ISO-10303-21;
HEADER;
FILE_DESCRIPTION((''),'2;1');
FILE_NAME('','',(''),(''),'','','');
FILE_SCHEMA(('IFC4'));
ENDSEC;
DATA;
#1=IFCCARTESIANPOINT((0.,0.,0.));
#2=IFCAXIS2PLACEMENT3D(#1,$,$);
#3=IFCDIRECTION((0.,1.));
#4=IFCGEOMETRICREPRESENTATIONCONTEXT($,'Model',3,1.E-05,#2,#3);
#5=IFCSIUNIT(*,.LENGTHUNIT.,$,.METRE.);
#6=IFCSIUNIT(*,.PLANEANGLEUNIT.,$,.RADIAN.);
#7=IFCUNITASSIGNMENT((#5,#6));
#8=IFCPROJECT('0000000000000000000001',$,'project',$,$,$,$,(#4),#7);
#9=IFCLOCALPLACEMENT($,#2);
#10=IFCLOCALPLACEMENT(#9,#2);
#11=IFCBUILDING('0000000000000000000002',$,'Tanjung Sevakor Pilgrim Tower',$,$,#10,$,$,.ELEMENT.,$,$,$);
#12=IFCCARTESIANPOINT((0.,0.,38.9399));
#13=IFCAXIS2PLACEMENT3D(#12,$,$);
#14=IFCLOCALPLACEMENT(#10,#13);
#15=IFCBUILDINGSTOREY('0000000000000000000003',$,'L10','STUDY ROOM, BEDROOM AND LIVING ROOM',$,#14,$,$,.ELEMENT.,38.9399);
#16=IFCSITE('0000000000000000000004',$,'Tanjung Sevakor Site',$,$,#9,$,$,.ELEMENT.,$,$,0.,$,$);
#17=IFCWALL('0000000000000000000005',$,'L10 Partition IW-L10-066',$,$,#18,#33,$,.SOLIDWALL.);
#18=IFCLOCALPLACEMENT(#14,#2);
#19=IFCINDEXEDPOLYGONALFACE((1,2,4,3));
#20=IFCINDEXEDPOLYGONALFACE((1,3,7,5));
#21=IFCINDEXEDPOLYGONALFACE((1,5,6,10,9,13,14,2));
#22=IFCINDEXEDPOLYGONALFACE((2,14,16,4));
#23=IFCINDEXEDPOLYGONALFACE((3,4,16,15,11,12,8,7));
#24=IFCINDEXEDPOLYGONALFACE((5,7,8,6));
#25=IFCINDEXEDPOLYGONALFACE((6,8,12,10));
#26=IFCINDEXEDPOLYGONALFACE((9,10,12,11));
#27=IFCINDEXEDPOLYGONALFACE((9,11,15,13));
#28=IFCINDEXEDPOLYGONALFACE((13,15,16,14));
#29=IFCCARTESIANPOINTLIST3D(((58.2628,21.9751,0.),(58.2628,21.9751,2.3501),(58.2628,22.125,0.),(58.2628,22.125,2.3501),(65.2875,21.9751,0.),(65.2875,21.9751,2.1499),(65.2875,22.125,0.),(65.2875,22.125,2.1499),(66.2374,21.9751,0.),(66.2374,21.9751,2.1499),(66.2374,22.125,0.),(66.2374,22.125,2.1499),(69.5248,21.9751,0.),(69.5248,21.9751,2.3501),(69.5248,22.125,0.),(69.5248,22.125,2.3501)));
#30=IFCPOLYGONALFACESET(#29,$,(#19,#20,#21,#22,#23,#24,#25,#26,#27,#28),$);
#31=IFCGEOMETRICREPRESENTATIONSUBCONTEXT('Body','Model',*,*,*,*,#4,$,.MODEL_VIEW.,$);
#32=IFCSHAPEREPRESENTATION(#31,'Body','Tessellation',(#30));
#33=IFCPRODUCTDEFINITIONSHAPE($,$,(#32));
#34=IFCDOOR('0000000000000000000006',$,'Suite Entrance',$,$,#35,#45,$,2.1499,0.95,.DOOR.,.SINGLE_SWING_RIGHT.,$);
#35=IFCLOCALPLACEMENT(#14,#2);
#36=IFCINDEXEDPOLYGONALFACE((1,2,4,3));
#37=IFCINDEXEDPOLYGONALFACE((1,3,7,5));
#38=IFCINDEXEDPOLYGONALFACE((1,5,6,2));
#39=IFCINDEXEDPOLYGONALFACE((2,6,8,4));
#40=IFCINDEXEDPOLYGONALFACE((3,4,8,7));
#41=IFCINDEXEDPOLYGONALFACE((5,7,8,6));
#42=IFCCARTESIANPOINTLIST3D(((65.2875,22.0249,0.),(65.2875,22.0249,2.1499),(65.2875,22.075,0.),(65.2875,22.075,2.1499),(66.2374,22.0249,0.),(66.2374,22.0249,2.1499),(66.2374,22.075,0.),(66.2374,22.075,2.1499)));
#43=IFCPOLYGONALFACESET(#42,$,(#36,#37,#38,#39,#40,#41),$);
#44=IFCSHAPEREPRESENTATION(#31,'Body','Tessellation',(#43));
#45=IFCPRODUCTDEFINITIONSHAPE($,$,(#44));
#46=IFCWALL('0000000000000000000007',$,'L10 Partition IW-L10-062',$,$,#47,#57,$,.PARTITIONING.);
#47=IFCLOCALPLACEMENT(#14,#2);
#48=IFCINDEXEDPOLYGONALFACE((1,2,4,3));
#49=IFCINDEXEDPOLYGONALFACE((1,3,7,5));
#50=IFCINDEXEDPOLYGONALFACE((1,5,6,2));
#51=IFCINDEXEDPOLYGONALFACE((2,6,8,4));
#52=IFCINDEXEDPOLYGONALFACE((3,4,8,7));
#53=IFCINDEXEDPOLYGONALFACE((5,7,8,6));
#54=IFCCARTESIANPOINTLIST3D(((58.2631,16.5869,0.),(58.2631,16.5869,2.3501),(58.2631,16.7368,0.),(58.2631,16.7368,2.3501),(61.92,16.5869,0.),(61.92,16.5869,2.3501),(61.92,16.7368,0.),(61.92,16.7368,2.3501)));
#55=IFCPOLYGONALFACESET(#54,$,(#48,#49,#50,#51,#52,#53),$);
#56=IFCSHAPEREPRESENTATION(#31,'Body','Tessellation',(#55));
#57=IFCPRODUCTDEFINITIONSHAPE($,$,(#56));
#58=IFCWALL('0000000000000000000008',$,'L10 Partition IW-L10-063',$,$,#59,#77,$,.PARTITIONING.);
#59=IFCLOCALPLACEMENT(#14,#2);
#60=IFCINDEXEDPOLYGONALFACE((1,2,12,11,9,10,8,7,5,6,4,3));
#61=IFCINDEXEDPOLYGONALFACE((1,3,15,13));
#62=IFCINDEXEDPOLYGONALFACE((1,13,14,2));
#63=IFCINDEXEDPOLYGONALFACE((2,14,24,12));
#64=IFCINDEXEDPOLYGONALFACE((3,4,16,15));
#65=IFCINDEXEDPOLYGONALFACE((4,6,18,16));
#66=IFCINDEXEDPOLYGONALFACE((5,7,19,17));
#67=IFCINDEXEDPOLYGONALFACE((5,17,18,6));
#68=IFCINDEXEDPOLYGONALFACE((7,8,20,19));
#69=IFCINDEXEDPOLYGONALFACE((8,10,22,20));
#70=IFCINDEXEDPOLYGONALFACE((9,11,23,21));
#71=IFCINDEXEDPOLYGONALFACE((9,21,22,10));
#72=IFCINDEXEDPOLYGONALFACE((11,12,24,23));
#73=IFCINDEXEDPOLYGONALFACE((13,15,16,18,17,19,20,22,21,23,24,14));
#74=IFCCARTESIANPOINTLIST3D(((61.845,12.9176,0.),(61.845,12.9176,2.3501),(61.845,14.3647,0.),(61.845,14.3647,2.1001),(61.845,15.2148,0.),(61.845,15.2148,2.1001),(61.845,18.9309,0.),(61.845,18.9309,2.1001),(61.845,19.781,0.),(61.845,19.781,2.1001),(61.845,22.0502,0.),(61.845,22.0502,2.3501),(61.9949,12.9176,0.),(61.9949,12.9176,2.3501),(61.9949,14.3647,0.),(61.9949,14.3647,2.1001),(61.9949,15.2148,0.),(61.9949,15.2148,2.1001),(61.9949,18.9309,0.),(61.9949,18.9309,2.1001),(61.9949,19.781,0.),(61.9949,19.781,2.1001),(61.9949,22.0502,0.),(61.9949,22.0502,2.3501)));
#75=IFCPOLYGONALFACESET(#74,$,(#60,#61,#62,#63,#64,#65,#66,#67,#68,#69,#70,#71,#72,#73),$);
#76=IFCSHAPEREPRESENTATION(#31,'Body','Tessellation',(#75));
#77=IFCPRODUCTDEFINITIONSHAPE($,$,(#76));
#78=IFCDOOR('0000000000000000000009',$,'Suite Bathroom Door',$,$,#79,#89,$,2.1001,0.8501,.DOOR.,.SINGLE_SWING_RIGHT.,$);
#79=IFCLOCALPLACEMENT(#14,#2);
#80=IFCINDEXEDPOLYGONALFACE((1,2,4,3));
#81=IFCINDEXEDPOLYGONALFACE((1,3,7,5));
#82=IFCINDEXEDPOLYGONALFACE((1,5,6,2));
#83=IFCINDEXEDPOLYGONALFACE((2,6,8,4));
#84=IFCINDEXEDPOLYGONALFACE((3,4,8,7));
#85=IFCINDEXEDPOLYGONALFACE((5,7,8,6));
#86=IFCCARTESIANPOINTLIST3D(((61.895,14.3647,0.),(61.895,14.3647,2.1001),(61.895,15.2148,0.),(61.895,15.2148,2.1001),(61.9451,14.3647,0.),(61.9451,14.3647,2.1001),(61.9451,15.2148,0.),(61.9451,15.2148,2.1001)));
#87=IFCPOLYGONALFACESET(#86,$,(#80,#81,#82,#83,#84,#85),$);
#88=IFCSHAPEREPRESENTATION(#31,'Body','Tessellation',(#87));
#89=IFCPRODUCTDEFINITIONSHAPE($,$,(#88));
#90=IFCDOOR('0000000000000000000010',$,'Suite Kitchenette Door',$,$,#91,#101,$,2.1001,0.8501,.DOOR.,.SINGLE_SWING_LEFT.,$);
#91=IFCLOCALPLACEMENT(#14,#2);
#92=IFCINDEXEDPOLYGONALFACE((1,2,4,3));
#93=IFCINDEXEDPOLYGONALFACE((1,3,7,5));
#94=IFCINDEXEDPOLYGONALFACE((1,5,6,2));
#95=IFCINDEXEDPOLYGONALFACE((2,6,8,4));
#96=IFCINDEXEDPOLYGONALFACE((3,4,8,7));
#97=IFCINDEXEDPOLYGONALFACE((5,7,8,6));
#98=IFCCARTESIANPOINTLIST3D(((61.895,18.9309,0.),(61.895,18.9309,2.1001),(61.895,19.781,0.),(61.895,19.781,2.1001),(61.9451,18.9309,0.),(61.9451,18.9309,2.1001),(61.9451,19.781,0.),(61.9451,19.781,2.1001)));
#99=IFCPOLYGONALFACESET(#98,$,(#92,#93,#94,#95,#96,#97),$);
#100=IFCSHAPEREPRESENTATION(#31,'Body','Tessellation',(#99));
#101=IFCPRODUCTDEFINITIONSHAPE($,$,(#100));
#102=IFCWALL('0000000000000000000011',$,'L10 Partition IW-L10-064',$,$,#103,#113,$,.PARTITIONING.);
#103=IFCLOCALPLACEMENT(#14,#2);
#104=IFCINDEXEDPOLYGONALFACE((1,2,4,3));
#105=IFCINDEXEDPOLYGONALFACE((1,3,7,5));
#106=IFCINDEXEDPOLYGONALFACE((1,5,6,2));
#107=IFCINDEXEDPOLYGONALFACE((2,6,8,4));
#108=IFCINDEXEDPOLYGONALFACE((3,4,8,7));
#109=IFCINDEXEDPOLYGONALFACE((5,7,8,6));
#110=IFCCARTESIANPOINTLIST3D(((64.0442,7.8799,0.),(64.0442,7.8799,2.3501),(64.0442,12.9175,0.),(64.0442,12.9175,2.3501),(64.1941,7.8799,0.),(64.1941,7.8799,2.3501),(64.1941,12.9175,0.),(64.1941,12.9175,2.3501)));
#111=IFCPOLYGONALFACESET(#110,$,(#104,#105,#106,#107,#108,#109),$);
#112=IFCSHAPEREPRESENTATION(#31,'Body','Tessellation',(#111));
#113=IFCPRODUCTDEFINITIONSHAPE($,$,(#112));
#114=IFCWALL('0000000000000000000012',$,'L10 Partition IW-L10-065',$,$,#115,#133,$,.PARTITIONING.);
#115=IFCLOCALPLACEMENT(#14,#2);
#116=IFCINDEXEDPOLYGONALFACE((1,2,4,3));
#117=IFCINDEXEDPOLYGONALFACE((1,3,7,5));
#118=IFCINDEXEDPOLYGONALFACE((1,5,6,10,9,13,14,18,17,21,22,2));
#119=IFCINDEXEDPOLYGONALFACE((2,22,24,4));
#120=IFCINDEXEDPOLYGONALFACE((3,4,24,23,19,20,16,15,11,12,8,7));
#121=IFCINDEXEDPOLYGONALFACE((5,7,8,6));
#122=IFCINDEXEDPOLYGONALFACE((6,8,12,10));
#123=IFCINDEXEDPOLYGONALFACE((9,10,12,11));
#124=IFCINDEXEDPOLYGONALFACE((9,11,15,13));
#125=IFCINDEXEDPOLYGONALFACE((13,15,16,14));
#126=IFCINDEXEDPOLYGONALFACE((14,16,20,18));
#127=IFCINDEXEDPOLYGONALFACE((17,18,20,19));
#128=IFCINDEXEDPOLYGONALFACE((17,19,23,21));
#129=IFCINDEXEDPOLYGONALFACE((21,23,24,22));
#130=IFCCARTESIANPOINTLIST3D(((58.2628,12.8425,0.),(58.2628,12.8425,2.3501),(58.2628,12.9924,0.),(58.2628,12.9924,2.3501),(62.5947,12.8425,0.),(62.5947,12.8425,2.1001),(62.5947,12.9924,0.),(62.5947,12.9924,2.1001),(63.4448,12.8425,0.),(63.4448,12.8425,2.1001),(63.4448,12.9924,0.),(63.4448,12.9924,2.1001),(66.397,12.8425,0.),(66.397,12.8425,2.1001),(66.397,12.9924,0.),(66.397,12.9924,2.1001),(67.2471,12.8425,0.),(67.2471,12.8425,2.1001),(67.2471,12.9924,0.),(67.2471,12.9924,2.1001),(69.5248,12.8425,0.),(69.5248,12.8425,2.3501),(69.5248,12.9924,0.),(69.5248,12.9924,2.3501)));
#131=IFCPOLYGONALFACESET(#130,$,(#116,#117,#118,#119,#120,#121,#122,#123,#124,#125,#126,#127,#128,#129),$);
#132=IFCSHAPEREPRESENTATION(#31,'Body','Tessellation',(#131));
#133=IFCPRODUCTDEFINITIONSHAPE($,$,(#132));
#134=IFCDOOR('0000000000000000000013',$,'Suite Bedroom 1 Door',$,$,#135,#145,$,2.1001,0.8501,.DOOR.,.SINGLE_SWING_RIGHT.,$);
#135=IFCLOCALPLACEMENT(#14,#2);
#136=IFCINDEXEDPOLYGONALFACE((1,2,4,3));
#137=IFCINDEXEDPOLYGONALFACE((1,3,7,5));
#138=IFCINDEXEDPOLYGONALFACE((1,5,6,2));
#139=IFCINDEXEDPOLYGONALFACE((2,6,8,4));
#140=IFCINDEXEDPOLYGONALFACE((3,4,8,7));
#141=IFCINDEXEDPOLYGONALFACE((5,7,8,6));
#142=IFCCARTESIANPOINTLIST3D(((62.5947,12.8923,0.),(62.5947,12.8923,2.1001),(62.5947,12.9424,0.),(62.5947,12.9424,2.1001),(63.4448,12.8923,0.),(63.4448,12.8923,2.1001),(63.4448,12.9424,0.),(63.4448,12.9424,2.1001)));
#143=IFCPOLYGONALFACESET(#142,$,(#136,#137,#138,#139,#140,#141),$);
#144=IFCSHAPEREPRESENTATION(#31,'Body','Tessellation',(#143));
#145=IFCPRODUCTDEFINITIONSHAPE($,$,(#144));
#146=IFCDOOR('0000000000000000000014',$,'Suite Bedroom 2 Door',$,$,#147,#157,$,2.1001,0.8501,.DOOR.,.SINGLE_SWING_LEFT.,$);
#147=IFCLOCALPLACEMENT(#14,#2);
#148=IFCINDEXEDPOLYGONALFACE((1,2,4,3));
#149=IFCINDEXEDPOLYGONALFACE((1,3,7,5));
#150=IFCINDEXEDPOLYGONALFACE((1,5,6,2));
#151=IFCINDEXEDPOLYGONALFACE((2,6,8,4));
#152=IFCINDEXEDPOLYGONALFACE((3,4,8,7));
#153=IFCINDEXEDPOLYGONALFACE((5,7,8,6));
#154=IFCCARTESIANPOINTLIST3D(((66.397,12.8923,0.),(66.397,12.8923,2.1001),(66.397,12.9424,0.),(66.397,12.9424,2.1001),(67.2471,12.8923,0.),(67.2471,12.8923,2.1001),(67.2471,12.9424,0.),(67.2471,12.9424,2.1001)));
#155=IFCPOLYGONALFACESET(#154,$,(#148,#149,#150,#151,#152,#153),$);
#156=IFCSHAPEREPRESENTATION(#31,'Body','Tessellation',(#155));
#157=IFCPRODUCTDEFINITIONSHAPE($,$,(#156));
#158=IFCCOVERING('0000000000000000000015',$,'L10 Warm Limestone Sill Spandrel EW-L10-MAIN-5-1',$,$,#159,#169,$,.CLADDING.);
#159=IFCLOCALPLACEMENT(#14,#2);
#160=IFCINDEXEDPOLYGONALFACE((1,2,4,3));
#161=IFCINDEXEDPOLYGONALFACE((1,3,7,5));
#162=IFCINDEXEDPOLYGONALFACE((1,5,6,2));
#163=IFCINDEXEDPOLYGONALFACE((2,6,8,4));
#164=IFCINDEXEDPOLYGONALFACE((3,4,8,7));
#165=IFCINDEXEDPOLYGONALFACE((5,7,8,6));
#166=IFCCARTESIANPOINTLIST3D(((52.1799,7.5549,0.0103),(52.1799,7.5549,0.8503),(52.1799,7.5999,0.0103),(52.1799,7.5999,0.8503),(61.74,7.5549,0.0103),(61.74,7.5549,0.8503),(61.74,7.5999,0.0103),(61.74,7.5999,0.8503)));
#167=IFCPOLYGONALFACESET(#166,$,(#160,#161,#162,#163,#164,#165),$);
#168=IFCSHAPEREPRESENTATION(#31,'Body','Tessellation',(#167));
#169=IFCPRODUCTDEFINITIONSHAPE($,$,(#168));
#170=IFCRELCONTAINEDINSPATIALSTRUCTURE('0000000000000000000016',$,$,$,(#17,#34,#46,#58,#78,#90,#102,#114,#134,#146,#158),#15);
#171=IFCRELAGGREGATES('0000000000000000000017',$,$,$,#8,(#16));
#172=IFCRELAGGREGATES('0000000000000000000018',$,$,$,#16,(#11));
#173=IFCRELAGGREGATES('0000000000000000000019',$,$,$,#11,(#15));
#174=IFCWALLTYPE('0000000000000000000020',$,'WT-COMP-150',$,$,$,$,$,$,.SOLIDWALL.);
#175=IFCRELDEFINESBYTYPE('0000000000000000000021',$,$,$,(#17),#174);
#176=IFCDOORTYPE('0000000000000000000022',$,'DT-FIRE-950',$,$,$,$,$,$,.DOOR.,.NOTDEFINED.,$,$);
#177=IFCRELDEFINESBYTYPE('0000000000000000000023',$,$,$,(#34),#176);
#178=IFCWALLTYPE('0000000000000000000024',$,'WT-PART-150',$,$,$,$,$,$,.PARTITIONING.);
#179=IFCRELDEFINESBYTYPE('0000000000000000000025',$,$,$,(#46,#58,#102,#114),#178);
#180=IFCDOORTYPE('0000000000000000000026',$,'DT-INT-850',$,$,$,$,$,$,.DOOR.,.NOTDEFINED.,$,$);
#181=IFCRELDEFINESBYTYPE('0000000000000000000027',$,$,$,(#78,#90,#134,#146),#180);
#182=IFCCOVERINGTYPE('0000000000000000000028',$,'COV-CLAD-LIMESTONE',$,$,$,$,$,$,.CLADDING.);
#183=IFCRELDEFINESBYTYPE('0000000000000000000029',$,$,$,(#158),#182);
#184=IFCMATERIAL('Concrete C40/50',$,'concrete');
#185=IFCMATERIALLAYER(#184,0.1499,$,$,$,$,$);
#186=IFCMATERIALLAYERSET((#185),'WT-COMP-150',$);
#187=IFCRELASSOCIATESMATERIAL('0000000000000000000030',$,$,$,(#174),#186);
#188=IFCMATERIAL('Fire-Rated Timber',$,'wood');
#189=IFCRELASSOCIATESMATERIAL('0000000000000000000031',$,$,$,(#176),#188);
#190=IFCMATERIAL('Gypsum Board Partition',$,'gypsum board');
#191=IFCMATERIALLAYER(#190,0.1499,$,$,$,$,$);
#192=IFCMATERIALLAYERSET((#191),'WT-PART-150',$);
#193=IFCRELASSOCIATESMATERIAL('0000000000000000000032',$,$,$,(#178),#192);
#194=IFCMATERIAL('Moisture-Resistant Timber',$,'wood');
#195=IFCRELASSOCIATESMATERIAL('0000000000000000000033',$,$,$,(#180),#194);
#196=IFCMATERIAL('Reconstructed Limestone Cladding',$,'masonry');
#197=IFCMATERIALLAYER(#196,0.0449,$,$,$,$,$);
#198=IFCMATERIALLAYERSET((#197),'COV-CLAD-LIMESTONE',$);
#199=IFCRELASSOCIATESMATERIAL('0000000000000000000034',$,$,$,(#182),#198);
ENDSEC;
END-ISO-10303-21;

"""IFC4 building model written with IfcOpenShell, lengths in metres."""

from ifc_helpers import new_model, si_unit, direction, frame, frame_2d, origin, origin_2d, place, context, subcontext, project, spatial, rectangle, extrude, material, layer, layer_set, type_object, element, fill, save


model = new_model("IFC4")

# Units and contexts
model_context = context("Model", 3, precision=1e-05, world=origin(), true_north=direction((0.0, 1.0)))
body_context = subcontext(model_context, "Body", "Model", "MODEL_VIEW")
ifc_project = project(units=[si_unit("LENGTHUNIT", "METRE"), si_unit("PLANEANGLEUNIT", "RADIAN")], contexts=[model_context])

# Site, building, storey
site_placement = place(None, origin())
site = spatial("IfcSite", under=ifc_project, at=site_placement, Name="Tanjung Sevakor Site", CompositionType="ELEMENT", RefElevation=0.0)
building_placement = place(site_placement, origin())
building = spatial("IfcBuilding", under=site, at=building_placement, Name="Tanjung Sevakor Pilgrim Tower", CompositionType="ELEMENT")
storey_placement = place(building_placement, frame((0.0, 0.0, 38.9399)))
storey = spatial("IfcBuildingStorey", under=building, at=storey_placement, Name="L10", Description="STUDY ROOM, BEDROOM AND LIVING ROOM", CompositionType="ELEMENT", Elevation=38.9399)

# Shared definitions
ifc_material_1 = material(Name="Concrete C40/50", Category="concrete")
ifc_layer_1 = layer(ifc_material_1, 0.1499)
ifc_layer_set_1 = layer_set([ifc_layer_1], Name="WT-COMP-150")
wall_type_1 = type_object("IfcWallType", Name="WT-COMP-150", PredefinedType="SOLIDWALL", material=ifc_layer_set_1)

# Wall, opening, door
wall_1_placement = place(storey_placement, frame((58.2629, 22.05, 0.0), z_axis=(0.0, 0.0, 1.0), x_axis=(1.0, 0.0, 0.0)))
wall_1 = element("IfcWall", 1, at=wall_1_placement, inside=storey, type_object=wall_type_1, Name="L10 Partition IW-L10-066", PredefinedType="SOLIDWALL", context=body_context, shape_type="SweptSolid", body=[
    extrude(rectangle(XDim=11.262, YDim=0.1499, at=frame_2d((5.6309, 0.0))), origin(), (0.0, 0.0, 1.0), 2.3501),
])
opening_1_placement = place(wall_1_placement, frame((7.0244, 0.0, 0.0)))
opening_1 = element("IfcOpeningElement", 2, at=opening_1_placement, cuts=wall_1, PredefinedType="OPENING", context=body_context, shape_type="SweptSolid", body=[
    extrude(rectangle(XDim=0.95, YDim=2.1499, at=frame_2d((0.4751, 1.075))), frame((0.0, 0.085, 0.0), z_axis=(0.0, -1.0, 0.0), x_axis=(1.0, 0.0, 0.0)), (0.0, 0.0, 1.0), 0.1699),
])
ifc_material_2 = material(Name="Fire-Rated Timber", Category="wood")
door_type_1 = type_object("IfcDoorType", Name="DT-FIRE-950", OperationType="NOTDEFINED", PredefinedType="DOOR", material=ifc_material_2)
door_1_placement = place(opening_1_placement, origin())
door_1 = element("IfcDoor", 3, at=door_1_placement, inside=storey, type_object=door_type_1, Name="Suite Entrance", OperationType="SINGLE_SWING_RIGHT", OverallHeight=2.1499, OverallWidth=0.95, PredefinedType="DOOR", context=body_context, shape_type="SweptSolid", body=[
    extrude(rectangle(XDim=0.95, YDim=2.1499, at=frame_2d((0.4751, 1.075))), frame((0.0, 0.0249, 0.0), z_axis=(0.0, -1.0, 0.0), x_axis=(1.0, 0.0, 0.0)), (0.0, 0.0, 1.0), 0.05),
])
fill(opening_1, door_1)

# Wall
ifc_material_3 = material(Name="Gypsum Board Partition", Category="gypsum board")
ifc_layer_2 = layer(ifc_material_3, 0.1499)
ifc_layer_set_2 = layer_set([ifc_layer_2], Name="WT-PART-150")
wall_type_2 = type_object("IfcWallType", Name="WT-PART-150", PredefinedType="PARTITIONING", material=ifc_layer_set_2)
wall_2_placement = place(storey_placement, frame((58.2629, 16.6619, 0.0), z_axis=(0.0, 0.0, 1.0), x_axis=(1.0, 0.0, 0.0)))
element("IfcWall", 4, at=wall_2_placement, inside=storey, type_object=wall_type_2, Name="L10 Partition IW-L10-062", PredefinedType="PARTITIONING", context=body_context, shape_type="SweptSolid", body=[
    extrude(rectangle(XDim=3.657, YDim=0.1499, at=frame_2d((1.8286, 0.0))), origin(), (0.0, 0.0, 1.0), 2.3501),
])

# Wall, openings, doors
wall_3_placement = place(storey_placement, frame((61.9199, 12.9175, 0.0), z_axis=(0.0, 0.0, 1.0), x_axis=(0.0, 1.0, 0.0)))
wall_3 = element("IfcWall", 5, at=wall_3_placement, inside=storey, type_object=wall_type_2, Name="L10 Partition IW-L10-063", PredefinedType="PARTITIONING", context=body_context, shape_type="SweptSolid", body=[
    extrude(rectangle(XDim=9.1326, YDim=0.1499, at=frame_2d((4.5664, 0.0))), origin(), (0.0, 0.0, 1.0), 2.3501),
])
opening_2_placement = place(wall_3_placement, frame((1.4473, 0.0, 0.0)))
opening_2 = element("IfcOpeningElement", 6, at=opening_2_placement, cuts=wall_3, PredefinedType="OPENING", context=body_context, shape_type="SweptSolid", body=[
    extrude(rectangle(XDim=0.8501, YDim=2.1001, at=frame_2d((0.425, 1.05))), frame((0.0, 0.085, 0.0), z_axis=(0.0, -1.0, 0.0), x_axis=(1.0, 0.0, 0.0)), (0.0, 0.0, 1.0), 0.1699),
])
opening_3_placement = place(wall_3_placement, frame((6.0134, 0.0, 0.0)))
opening_3 = element("IfcOpeningElement", 7, at=opening_3_placement, cuts=wall_3, PredefinedType="OPENING", context=body_context, shape_type="SweptSolid", body=[
    extrude(rectangle(XDim=0.8501, YDim=2.1001, at=frame_2d((0.425, 1.05))), frame((0.0, 0.085, 0.0), z_axis=(0.0, -1.0, 0.0), x_axis=(1.0, 0.0, 0.0)), (0.0, 0.0, 1.0), 0.1699),
])
ifc_material_4 = material(Name="Moisture-Resistant Timber", Category="wood")
door_type_2 = type_object("IfcDoorType", Name="DT-INT-850", OperationType="NOTDEFINED", PredefinedType="DOOR", material=ifc_material_4)
door_2_placement = place(opening_2_placement, origin())
door_2 = element("IfcDoor", 8, at=door_2_placement, inside=storey, type_object=door_type_2, Name="Suite Bathroom Door", OperationType="SINGLE_SWING_RIGHT", OverallHeight=2.1001, OverallWidth=0.8501, PredefinedType="DOOR", context=body_context, shape_type="SweptSolid", body=[
    extrude(rectangle(XDim=0.8501, YDim=2.1001, at=frame_2d((0.425, 1.05))), frame((0.0, 0.0249, 0.0), z_axis=(0.0, -1.0, 0.0), x_axis=(1.0, 0.0, 0.0)), (0.0, 0.0, 1.0), 0.05),
])
fill(opening_2, door_2)
door_3_placement = place(opening_3_placement, origin())
door_3 = element("IfcDoor", 9, at=door_3_placement, inside=storey, type_object=door_type_2, Name="Suite Kitchenette Door", OperationType="SINGLE_SWING_LEFT", OverallHeight=2.1001, OverallWidth=0.8501, PredefinedType="DOOR", context=body_context, shape_type="SweptSolid", body=[
    extrude(rectangle(XDim=0.8501, YDim=2.1001, at=frame_2d((0.425, 1.05))), frame((0.0, 0.0249, 0.0), z_axis=(0.0, -1.0, 0.0), x_axis=(1.0, 0.0, 0.0)), (0.0, 0.0, 1.0), 0.05),
])
fill(opening_3, door_3)

# Wall
wall_4_placement = place(storey_placement, frame((64.1191, 7.8799, 0.0), z_axis=(0.0, 0.0, 1.0), x_axis=(0.0, 1.0, 0.0)))
element("IfcWall", 10, at=wall_4_placement, inside=storey, type_object=wall_type_2, Name="L10 Partition IW-L10-064", PredefinedType="PARTITIONING", context=body_context, shape_type="SweptSolid", body=[
    extrude(rectangle(XDim=5.0376, YDim=0.1499, at=frame_2d((2.5188, 0.0))), origin(), (0.0, 0.0, 1.0), 2.3501),
])

# Wall, openings, doors
wall_5_placement = place(storey_placement, frame((58.2629, 12.9175, 0.0), z_axis=(0.0, 0.0, 1.0), x_axis=(1.0, 0.0, 0.0)))
wall_5 = element("IfcWall", 11, at=wall_5_placement, inside=storey, type_object=wall_type_2, Name="L10 Partition IW-L10-065", PredefinedType="PARTITIONING", context=body_context, shape_type="SweptSolid", body=[
    extrude(rectangle(XDim=11.262, YDim=0.1499, at=frame_2d((5.6309, 0.0))), origin(), (0.0, 0.0, 1.0), 2.3501),
])
opening_4_placement = place(wall_5_placement, frame((4.3318, 0.0, 0.0)))
opening_4 = element("IfcOpeningElement", 12, at=opening_4_placement, cuts=wall_5, PredefinedType="OPENING", context=body_context, shape_type="SweptSolid", body=[
    extrude(rectangle(XDim=0.8501, YDim=2.1001, at=frame_2d((0.425, 1.05))), frame((0.0, 0.085, 0.0), z_axis=(0.0, -1.0, 0.0), x_axis=(1.0, 0.0, 0.0)), (0.0, 0.0, 1.0), 0.1699),
])
opening_5_placement = place(wall_5_placement, frame((8.134, 0.0, 0.0)))
opening_5 = element("IfcOpeningElement", 13, at=opening_5_placement, cuts=wall_5, PredefinedType="OPENING", context=body_context, shape_type="SweptSolid", body=[
    extrude(rectangle(XDim=0.8501, YDim=2.1001, at=frame_2d((0.425, 1.05))), frame((0.0, 0.085, 0.0), z_axis=(0.0, -1.0, 0.0), x_axis=(1.0, 0.0, 0.0)), (0.0, 0.0, 1.0), 0.1699),
])
door_4_placement = place(opening_4_placement, origin())
door_4 = element("IfcDoor", 14, at=door_4_placement, inside=storey, type_object=door_type_2, Name="Suite Bedroom 1 Door", OperationType="SINGLE_SWING_RIGHT", OverallHeight=2.1001, OverallWidth=0.8501, PredefinedType="DOOR", context=body_context, shape_type="SweptSolid", body=[
    extrude(rectangle(XDim=0.8501, YDim=2.1001, at=frame_2d((0.425, 1.05))), frame((0.0, 0.0249, 0.0), z_axis=(0.0, -1.0, 0.0), x_axis=(1.0, 0.0, 0.0)), (0.0, 0.0, 1.0), 0.05),
])
fill(opening_4, door_4)
door_5_placement = place(opening_5_placement, origin())
door_5 = element("IfcDoor", 15, at=door_5_placement, inside=storey, type_object=door_type_2, Name="Suite Bedroom 2 Door", OperationType="SINGLE_SWING_LEFT", OverallHeight=2.1001, OverallWidth=0.8501, PredefinedType="DOOR", context=body_context, shape_type="SweptSolid", body=[
    extrude(rectangle(XDim=0.8501, YDim=2.1001, at=frame_2d((0.425, 1.05))), frame((0.0, 0.0249, 0.0), z_axis=(0.0, -1.0, 0.0), x_axis=(1.0, 0.0, 0.0)), (0.0, 0.0, 1.0), 0.05),
])
fill(opening_5, door_5)

# Covering
ifc_material_5 = material(Name="Reconstructed Limestone Cladding", Category="masonry")
ifc_layer_3 = layer(ifc_material_5, 0.0449)
ifc_layer_set_3 = layer_set([ifc_layer_3], Name="COV-CLAD-LIMESTONE")
covering_type = type_object("IfcCoveringType", Name="COV-CLAD-LIMESTONE", PredefinedType="CLADDING", material=ifc_layer_set_3)
covering_placement = place(storey_placement, frame((56.96, 7.5774, 0.0103), z_axis=(0.0, 0.0, 1.0), x_axis=(1.0, 0.0, 0.0)))
element("IfcCovering", 16, at=covering_placement, inside=storey, type_object=covering_type, Name="L10 Warm Limestone Sill Spandrel EW-L10-MAIN-5-1", PredefinedType="CLADDING", context=body_context, shape_type="SweptSolid", body=[
    extrude(rectangle(XDim=9.5601, YDim=0.0449, at=origin_2d()), origin(), (0.0, 0.0, 1.0), 0.8401),
])

save(model, "model.ifc")
